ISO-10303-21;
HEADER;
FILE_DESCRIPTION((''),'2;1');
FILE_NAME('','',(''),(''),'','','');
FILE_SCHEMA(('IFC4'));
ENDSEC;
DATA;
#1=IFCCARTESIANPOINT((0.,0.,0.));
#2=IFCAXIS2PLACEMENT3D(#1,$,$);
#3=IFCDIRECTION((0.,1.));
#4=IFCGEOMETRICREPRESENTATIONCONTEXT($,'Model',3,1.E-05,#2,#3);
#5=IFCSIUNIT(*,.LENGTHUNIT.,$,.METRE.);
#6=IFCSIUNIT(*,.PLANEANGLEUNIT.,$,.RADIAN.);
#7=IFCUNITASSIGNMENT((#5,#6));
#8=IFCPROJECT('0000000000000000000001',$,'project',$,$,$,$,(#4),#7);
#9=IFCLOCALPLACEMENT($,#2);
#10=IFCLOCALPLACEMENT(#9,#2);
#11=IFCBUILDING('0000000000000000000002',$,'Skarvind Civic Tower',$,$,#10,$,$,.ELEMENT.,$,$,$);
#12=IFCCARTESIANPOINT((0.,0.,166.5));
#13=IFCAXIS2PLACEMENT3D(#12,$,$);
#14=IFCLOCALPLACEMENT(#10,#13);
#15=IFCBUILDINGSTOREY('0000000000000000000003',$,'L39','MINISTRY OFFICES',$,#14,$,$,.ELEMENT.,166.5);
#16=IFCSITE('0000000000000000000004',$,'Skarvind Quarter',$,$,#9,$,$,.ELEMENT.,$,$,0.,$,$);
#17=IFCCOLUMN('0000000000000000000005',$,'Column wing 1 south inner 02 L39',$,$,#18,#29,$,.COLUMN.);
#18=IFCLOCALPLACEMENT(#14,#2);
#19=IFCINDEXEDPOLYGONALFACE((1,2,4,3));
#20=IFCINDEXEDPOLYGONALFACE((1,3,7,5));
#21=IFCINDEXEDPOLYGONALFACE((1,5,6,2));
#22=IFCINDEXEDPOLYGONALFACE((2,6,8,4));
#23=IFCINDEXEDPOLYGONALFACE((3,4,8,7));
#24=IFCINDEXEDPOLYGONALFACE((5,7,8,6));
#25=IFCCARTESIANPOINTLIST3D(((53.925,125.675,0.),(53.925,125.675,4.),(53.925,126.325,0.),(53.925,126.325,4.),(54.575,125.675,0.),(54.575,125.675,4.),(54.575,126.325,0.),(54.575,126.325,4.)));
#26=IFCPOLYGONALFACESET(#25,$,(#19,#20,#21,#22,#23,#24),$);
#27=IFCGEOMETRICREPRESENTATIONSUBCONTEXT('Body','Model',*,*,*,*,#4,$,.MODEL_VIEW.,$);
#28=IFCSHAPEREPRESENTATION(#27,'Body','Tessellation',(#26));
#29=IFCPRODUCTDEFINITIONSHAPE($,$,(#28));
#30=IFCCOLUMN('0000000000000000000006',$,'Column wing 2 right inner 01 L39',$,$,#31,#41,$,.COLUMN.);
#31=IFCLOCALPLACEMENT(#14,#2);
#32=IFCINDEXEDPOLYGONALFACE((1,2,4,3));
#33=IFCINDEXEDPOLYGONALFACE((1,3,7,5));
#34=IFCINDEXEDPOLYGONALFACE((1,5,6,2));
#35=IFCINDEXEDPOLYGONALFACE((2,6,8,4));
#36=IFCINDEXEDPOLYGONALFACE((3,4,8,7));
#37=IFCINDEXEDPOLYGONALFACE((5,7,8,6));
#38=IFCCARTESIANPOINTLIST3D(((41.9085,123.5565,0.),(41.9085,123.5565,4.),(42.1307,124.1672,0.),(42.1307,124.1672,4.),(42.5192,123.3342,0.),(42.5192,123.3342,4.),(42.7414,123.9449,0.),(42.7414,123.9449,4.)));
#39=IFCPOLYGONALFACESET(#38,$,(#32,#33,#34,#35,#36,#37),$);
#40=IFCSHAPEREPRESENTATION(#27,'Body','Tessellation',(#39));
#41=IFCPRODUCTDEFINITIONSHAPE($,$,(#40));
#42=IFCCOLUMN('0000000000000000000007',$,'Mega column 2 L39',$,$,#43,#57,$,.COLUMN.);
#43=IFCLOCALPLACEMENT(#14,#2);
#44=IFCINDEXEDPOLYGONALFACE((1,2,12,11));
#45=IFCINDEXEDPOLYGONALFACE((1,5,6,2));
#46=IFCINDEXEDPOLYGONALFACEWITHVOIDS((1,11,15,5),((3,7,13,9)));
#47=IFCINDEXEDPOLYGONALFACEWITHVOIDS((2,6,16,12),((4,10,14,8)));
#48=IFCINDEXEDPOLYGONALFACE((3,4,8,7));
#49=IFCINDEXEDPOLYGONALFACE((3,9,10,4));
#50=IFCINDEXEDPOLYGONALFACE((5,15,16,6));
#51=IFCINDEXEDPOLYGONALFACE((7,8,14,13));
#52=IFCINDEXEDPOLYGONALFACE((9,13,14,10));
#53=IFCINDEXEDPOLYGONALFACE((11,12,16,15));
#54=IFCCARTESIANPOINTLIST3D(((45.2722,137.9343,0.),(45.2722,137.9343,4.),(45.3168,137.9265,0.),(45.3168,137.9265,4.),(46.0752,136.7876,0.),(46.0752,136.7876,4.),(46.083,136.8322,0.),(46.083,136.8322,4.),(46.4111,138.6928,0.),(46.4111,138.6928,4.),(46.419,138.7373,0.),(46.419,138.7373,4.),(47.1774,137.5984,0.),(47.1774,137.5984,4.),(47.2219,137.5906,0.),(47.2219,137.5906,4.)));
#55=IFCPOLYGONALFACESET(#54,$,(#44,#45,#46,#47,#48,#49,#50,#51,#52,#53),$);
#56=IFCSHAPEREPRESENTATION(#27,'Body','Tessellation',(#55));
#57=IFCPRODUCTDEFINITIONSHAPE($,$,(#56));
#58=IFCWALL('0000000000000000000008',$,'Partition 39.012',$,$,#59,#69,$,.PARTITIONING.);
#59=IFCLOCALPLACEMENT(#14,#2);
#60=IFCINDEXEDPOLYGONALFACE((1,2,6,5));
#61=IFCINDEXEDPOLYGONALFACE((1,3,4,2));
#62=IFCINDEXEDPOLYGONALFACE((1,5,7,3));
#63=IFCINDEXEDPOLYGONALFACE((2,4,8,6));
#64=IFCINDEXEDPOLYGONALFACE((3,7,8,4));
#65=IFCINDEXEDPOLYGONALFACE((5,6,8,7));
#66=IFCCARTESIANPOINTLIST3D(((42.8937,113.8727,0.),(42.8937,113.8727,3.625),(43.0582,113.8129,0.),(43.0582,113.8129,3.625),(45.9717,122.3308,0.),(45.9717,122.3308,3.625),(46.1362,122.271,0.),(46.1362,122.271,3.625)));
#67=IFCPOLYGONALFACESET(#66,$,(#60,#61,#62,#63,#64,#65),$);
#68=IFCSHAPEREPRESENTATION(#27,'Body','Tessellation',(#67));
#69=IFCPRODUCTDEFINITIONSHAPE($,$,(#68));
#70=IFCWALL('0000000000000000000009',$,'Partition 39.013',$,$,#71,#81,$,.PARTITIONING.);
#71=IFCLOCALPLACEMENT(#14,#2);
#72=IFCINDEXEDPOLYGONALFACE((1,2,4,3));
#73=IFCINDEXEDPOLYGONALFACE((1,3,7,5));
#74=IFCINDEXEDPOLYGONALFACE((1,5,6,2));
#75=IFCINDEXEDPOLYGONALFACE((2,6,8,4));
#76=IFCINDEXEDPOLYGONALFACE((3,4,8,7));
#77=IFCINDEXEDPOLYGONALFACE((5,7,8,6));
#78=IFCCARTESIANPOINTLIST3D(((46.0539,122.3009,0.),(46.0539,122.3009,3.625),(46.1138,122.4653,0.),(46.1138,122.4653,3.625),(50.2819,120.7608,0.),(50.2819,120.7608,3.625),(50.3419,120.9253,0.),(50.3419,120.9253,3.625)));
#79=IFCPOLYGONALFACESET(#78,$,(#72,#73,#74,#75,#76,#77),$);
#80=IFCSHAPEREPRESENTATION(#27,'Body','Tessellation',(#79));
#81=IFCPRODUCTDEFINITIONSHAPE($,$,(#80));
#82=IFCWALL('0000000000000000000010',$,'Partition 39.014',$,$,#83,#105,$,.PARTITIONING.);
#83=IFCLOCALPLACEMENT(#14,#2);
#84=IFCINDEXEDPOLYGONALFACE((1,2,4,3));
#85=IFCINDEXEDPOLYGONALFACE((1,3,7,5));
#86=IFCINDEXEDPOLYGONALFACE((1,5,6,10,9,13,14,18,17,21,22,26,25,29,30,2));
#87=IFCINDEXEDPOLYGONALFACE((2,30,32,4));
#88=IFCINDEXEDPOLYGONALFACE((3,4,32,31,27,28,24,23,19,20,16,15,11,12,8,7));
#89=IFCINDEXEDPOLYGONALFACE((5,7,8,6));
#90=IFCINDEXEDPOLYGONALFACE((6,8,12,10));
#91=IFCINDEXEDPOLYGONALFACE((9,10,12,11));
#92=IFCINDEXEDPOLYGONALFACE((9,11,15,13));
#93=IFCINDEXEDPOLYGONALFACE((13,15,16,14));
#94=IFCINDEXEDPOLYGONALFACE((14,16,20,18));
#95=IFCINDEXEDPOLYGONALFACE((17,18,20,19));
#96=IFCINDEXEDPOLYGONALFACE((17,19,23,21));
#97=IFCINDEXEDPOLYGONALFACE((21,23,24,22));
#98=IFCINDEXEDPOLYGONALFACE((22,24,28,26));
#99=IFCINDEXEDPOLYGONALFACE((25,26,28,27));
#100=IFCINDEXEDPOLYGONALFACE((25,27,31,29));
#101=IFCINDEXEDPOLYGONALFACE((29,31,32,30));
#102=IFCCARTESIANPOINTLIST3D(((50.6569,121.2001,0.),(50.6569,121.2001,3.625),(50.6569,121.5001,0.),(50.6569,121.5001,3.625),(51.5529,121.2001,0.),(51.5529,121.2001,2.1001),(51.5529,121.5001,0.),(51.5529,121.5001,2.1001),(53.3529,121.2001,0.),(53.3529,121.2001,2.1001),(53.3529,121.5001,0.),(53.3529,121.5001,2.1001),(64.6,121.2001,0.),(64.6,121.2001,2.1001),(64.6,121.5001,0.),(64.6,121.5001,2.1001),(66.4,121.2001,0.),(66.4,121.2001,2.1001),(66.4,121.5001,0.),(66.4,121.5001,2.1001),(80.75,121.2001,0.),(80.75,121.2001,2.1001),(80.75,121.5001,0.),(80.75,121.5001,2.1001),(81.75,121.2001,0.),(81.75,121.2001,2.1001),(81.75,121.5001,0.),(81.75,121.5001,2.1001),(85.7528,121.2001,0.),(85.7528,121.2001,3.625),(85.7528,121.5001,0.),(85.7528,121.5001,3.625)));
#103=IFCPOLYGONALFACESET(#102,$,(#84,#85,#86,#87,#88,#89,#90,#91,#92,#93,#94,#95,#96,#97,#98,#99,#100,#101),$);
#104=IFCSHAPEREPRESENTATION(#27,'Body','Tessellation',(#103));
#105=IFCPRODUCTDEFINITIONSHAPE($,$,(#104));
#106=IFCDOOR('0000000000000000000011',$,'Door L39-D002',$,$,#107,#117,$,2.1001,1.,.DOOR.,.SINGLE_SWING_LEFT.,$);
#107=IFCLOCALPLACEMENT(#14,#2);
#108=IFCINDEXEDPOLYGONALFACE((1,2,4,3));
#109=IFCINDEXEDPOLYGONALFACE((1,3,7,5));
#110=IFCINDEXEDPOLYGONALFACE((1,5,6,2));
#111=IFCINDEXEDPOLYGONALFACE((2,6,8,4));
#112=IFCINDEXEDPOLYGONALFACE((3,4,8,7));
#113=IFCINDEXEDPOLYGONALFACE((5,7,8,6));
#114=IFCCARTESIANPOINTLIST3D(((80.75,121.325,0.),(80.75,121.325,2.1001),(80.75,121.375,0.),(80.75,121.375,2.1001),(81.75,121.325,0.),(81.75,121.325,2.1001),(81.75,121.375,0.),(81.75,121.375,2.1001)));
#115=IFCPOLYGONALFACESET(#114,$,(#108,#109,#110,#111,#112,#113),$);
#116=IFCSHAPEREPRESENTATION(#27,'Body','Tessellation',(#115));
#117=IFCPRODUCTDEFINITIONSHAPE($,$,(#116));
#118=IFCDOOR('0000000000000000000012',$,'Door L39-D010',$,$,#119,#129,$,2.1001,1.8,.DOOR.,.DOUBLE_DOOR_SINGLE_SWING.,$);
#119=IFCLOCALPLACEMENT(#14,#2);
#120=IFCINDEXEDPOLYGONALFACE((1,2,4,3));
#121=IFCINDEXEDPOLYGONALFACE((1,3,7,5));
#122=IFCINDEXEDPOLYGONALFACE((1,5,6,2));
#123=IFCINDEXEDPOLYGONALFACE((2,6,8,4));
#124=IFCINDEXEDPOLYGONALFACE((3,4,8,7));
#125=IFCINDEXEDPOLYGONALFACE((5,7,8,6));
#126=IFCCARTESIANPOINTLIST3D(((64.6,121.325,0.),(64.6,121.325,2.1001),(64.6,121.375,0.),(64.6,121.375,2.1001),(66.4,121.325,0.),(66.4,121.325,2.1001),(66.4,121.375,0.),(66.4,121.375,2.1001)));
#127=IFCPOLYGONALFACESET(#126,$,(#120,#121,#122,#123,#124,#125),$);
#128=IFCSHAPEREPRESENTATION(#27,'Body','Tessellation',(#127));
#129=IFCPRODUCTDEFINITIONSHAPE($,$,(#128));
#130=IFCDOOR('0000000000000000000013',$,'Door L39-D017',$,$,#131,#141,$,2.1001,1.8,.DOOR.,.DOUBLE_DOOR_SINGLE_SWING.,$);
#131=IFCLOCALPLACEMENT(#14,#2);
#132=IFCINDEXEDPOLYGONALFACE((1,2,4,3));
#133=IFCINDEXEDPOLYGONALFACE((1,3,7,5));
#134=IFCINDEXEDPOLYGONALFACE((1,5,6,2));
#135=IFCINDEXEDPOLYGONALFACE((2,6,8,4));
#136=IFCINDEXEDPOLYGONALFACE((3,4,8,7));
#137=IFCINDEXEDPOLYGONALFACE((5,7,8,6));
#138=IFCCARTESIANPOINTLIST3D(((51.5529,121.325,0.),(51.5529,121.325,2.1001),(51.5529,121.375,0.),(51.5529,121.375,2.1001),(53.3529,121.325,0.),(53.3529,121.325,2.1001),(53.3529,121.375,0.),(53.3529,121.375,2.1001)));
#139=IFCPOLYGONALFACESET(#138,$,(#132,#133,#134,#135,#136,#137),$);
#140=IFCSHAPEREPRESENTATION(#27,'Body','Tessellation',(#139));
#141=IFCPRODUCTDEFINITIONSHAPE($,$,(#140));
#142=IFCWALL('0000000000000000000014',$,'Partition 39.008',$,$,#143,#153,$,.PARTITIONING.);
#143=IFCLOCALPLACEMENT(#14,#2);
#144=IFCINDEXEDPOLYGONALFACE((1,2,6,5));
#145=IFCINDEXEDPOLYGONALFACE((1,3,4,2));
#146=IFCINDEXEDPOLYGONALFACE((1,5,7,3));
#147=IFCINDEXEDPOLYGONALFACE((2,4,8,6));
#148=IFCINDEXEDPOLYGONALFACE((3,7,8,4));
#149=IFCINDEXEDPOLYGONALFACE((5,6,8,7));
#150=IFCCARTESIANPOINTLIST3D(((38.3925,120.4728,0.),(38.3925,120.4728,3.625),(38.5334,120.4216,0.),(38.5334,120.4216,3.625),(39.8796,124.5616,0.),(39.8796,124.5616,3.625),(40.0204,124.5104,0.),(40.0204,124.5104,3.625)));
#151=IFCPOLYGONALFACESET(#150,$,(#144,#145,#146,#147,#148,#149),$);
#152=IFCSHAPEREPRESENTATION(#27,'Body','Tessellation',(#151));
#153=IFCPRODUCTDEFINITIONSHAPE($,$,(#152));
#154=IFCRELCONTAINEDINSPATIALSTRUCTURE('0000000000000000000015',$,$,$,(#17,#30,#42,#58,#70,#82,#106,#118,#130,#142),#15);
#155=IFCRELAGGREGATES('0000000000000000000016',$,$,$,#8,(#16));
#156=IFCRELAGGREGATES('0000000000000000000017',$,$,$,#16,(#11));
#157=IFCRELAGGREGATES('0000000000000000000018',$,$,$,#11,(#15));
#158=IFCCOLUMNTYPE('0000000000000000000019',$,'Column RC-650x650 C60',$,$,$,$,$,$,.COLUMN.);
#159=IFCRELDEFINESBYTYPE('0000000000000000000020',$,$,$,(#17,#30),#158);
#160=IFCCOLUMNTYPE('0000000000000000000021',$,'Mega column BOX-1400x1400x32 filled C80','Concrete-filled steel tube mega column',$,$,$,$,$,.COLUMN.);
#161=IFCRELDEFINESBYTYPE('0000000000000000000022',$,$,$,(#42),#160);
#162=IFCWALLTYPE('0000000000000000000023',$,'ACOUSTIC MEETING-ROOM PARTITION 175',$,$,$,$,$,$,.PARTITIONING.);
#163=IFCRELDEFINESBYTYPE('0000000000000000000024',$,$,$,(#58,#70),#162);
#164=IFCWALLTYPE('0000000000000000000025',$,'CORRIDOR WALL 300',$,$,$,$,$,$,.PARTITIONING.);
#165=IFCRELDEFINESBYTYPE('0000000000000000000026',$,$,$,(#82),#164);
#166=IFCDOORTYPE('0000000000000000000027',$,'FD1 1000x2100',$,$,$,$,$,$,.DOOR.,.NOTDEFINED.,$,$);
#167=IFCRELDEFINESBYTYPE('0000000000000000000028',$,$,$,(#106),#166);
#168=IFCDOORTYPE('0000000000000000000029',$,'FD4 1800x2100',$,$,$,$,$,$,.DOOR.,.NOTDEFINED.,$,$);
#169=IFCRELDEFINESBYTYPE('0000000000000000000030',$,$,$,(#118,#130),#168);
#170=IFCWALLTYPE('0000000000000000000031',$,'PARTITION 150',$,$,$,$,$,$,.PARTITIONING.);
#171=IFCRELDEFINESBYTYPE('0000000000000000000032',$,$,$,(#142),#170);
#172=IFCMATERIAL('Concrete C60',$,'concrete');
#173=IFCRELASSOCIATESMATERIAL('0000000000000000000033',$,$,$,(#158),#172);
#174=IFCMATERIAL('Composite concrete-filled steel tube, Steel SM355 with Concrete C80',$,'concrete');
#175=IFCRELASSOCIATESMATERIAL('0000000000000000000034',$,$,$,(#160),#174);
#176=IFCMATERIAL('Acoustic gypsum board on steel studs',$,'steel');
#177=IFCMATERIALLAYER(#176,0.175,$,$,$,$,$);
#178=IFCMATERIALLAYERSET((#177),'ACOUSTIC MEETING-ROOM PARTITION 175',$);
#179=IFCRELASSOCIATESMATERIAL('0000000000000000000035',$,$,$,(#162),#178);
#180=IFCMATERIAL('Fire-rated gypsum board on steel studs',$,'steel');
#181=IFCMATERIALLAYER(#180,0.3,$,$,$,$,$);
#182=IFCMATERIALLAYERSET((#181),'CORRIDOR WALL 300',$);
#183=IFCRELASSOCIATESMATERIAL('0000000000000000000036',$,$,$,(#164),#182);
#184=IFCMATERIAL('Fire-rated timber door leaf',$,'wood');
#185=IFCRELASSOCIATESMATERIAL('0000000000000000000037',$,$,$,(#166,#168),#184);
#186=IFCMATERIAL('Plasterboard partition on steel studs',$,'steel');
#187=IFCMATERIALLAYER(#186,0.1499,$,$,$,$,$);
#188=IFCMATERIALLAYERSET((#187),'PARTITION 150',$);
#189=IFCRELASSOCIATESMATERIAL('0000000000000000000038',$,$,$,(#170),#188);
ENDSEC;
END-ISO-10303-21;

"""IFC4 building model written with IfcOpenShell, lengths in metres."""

from ifc_helpers import new_model, si_unit, direction, frame, frame_2d, origin, origin_2d, place, context, subcontext, project, spatial, rectangle, hollow_rectangle, extrude, material, layer, layer_set, material_profile, profile_set, type_object, element, fill, save


model = new_model("IFC4")

# Units and contexts
model_context = context("Model", 3, precision=1e-05, world=origin(), true_north=direction((0.0, 1.0)))
body_context = subcontext(model_context, "Body", "Model", "MODEL_VIEW")
ifc_project = project(units=[si_unit("LENGTHUNIT", "METRE"), si_unit("PLANEANGLEUNIT", "RADIAN")], contexts=[model_context])

# Site, building, storey
site_placement = place(None, origin())
site = spatial("IfcSite", under=ifc_project, at=site_placement, Name="Skarvind Quarter", CompositionType="ELEMENT", RefElevation=0.0)
building_placement = place(site_placement, origin())
building = spatial("IfcBuilding", under=site, at=building_placement, Name="Skarvind Civic Tower", CompositionType="ELEMENT")
storey_placement = place(building_placement, frame((0.0, 0.0, 166.5)))
storey = spatial("IfcBuildingStorey", under=building, at=storey_placement, Name="L39", Description="MINISTRY OFFICES", CompositionType="ELEMENT", Elevation=166.5)

# Columns
ifc_material_1 = material(Name="Concrete C60", Category="concrete")
ifc_material_profile_1 = material_profile(ifc_material_1, rectangle(XDim=0.6499, YDim=0.6499, at=origin_2d()), Name="RC-650x650")
ifc_profile_set_1 = profile_set([ifc_material_profile_1], Name="Concrete C60")
column_type_1 = type_object("IfcColumnType", Name="Column RC-650x650 C60", PredefinedType="COLUMN", material=ifc_profile_set_1)
for number, where, z_axis, x_axis, name in (
    (1, (54.25, 126.0, 0.0), (0.0, 0.0, 1.0), (1.0, 0.0, 0.0), "Column wing 1 south inner 02 L39"),
    (2, (42.325, 123.7507, 0.0), (0.0, 0.0, 1.0), (-0.34202, -0.939693, 0.0), "Column wing 2 right inner 01 L39"),
):
    element("IfcColumn", number, at=place(storey_placement, frame(where, z_axis=z_axis, x_axis=x_axis)), inside=storey, type_object=column_type_1, Name=name, PredefinedType="COLUMN", context=body_context, shape_type="SweptSolid", body=[
        extrude(rectangle(XDim=0.6499, YDim=0.6499, at=origin_2d()), origin(), (0.0, 0.0, 1.0), 4.0),
    ])
ifc_material_2 = material(Name="Composite concrete-filled steel tube, Steel SM355 with Concrete C80", Category="concrete")
ifc_material_profile_2 = material_profile(ifc_material_2, hollow_rectangle(XDim=1.3999, YDim=1.3999, WallThickness=0.032, at=origin_2d()), Name="BOX-1400x1400x32")
ifc_profile_set_2 = profile_set([ifc_material_profile_2], Name="Composite concrete-filled steel tube, Steel SM355 with Concrete C80")
column_type_2 = type_object("IfcColumnType", Name="Mega column BOX-1400x1400x32 filled C80", Description="Concrete-filled steel tube mega column", PredefinedType="COLUMN", material=ifc_profile_set_2)
column_placement = place(storey_placement, frame((46.2471, 137.7625, 0.0), z_axis=(0.0, 0.0, 1.0), x_axis=(0.573576, -0.819152, 0.0)))
element("IfcColumn", 3, at=column_placement, inside=storey, type_object=column_type_2, Name="Mega column 2 L39", PredefinedType="COLUMN", context=body_context, shape_type="SweptSolid", body=[
    extrude(hollow_rectangle(XDim=1.3999, YDim=1.3999, WallThickness=0.032, at=origin_2d()), origin(), (0.0, 0.0, 1.0), 4.0),
])

# Walls
ifc_material_3 = material(Name="Acoustic gypsum board on steel studs", Category="steel")
ifc_layer_1 = layer(ifc_material_3, 0.175)
ifc_layer_set_1 = layer_set([ifc_layer_1], Name="ACOUSTIC MEETING-ROOM PARTITION 175")
wall_type_1 = type_object("IfcWallType", Name="ACOUSTIC MEETING-ROOM PARTITION 175", PredefinedType="PARTITIONING", material=ifc_layer_set_1)
wall_1_placement = place(storey_placement, frame((46.054, 122.301, 0.0), z_axis=(0.0, 0.0, 1.0), x_axis=(-0.341963, -0.939713, 0.0)))
element("IfcWall", 4, at=wall_1_placement, inside=storey, type_object=wall_type_1, Name="Partition 39.012", PredefinedType="PARTITIONING", context=body_context, shape_type="SweptSolid", body=[
    extrude(rectangle(XDim=9.0007, YDim=0.175, at=frame_2d((4.5005, 0.0))), origin(), (0.0, 0.0, 1.0), 3.625),
])
wall_2_placement = place(storey_placement, frame((50.312, 120.843, 0.0), z_axis=(0.0, 0.0, 1.0), x_axis=(-0.93961, 0.342248, 0.0)))
element("IfcWall", 5, at=wall_2_placement, inside=storey, type_object=wall_type_1, Name="Partition 39.013", PredefinedType="PARTITIONING", context=body_context, shape_type="SweptSolid", body=[
    extrude(rectangle(XDim=4.4998, YDim=0.175, at=frame_2d((2.25, 0.0))), origin(), (0.0, 0.0, 1.0), 3.625),
])

# Wall, openings, doors
ifc_material_4 = material(Name="Fire-rated gypsum board on steel studs", Category="steel")
ifc_layer_2 = layer(ifc_material_4, 0.3)
ifc_layer_set_2 = layer_set([ifc_layer_2], Name="CORRIDOR WALL 300")
wall_type_2 = type_object("IfcWallType", Name="CORRIDOR WALL 300", PredefinedType="PARTITIONING", material=ifc_layer_set_2)
wall_3_placement = place(storey_placement, frame((50.657, 121.3501, 0.0), z_axis=(0.0, 0.0, 1.0), x_axis=(1.0, 0.0, 0.0)))
wall_3 = element("IfcWall", 6, at=wall_3_placement, inside=storey, type_object=wall_type_2, Name="Partition 39.014", PredefinedType="PARTITIONING", context=body_context, shape_type="SweptSolid", body=[
    extrude(rectangle(XDim=35.0959, YDim=0.3, at=frame_2d((17.5479, 0.0))), origin(), (0.0, 0.0, 1.0), 3.625),
])
opening_1_placement = place(wall_3_placement, frame((30.093, 0.0, 0.0)))
opening_1 = element("IfcOpeningElement", 7, at=opening_1_placement, cuts=wall_3, PredefinedType="OPENING", context=body_context, shape_type="SweptSolid", body=[
    extrude(rectangle(XDim=1.0, YDim=2.1001, at=frame_2d((0.5, 1.05))), frame((0.0, 0.1599, 0.0), z_axis=(0.0, -1.0, 0.0), x_axis=(1.0, 0.0, 0.0)), (0.0, 0.0, 1.0), 0.3201),
])
opening_2_placement = place(wall_3_placement, frame((13.9431, 0.0, 0.0)))
opening_2 = element("IfcOpeningElement", 8, at=opening_2_placement, cuts=wall_3, PredefinedType="OPENING", context=body_context, shape_type="SweptSolid", body=[
    extrude(rectangle(XDim=1.8, YDim=2.1001, at=frame_2d((0.8999, 1.05))), frame((0.0, 0.1599, 0.0), z_axis=(0.0, -1.0, 0.0), x_axis=(1.0, 0.0, 0.0)), (0.0, 0.0, 1.0), 0.3201),
])
opening_3_placement = place(wall_3_placement, frame((0.896, 0.0, 0.0)))
opening_3 = element("IfcOpeningElement", 9, at=opening_3_placement, cuts=wall_3, PredefinedType="OPENING", context=body_context, shape_type="SweptSolid", body=[
    extrude(rectangle(XDim=1.8, YDim=2.1001, at=frame_2d((0.8999, 1.05))), frame((0.0, 0.1599, 0.0), z_axis=(0.0, -1.0, 0.0), x_axis=(1.0, 0.0, 0.0)), (0.0, 0.0, 1.0), 0.3201),
])
ifc_material_5 = material(Name="Fire-rated timber door leaf", Category="wood")
door_type_1 = type_object("IfcDoorType", Name="FD1 1000x2100", OperationType="NOTDEFINED", PredefinedType="DOOR", material=ifc_material_5)
door_1_placement = place(opening_1_placement, origin())
door_1 = element("IfcDoor", 10, at=door_1_placement, inside=storey, type_object=door_type_1, Name="Door L39-D002", OperationType="SINGLE_SWING_LEFT", OverallHeight=2.1001, OverallWidth=1.0, PredefinedType="DOOR", context=body_context, shape_type="SweptSolid", body=[
    extrude(rectangle(XDim=1.0, YDim=2.1001, at=frame_2d((0.5, 1.05))), frame((0.0, 0.0249, 0.0), z_axis=(0.0, -1.0, 0.0), x_axis=(1.0, 0.0, 0.0)), (0.0, 0.0, 1.0), 0.05),
])
fill(opening_1, door_1)
door_type_2 = type_object("IfcDoorType", Name="FD4 1800x2100", OperationType="NOTDEFINED", PredefinedType="DOOR", material=ifc_material_5)
door_2_placement = place(opening_2_placement, origin())
door_2 = element("IfcDoor", 11, at=door_2_placement, inside=storey, type_object=door_type_2, Name="Door L39-D010", OperationType="DOUBLE_DOOR_SINGLE_SWING", OverallHeight=2.1001, OverallWidth=1.8, PredefinedType="DOOR", context=body_context, shape_type="SweptSolid", body=[
    extrude(rectangle(XDim=1.8, YDim=2.1001, at=frame_2d((0.8999, 1.05))), frame((0.0, 0.0249, 0.0), z_axis=(0.0, -1.0, 0.0), x_axis=(1.0, 0.0, 0.0)), (0.0, 0.0, 1.0), 0.05),
])
fill(opening_2, door_2)
door_3_placement = place(opening_3_placement, origin())
door_3 = element("IfcDoor", 12, at=door_3_placement, inside=storey, type_object=door_type_2, Name="Door L39-D017", OperationType="DOUBLE_DOOR_SINGLE_SWING", OverallHeight=2.1001, OverallWidth=1.8, PredefinedType="DOOR", context=body_context, shape_type="SweptSolid", body=[
    extrude(rectangle(XDim=1.8, YDim=2.1001, at=frame_2d((0.8999, 1.05))), frame((0.0, 0.0249, 0.0), z_axis=(0.0, -1.0, 0.0), x_axis=(1.0, 0.0, 0.0)), (0.0, 0.0, 1.0), 0.05),
])
fill(opening_3, door_3)

# Wall
ifc_material_6 = material(Name="Plasterboard partition on steel studs", Category="steel")
ifc_layer_3 = layer(ifc_material_6, 0.1499)
ifc_layer_set_3 = layer_set([ifc_layer_3], Name="PARTITION 150")
wall_type_3 = type_object("IfcWallType", Name="PARTITION 150", PredefinedType="PARTITIONING", material=ifc_layer_set_3)
wall_4_placement = place(storey_placement, frame((39.95, 124.5359, 0.0), z_axis=(0.0, 0.0, 1.0), x_axis=(-0.341784, -0.939779, 0.0)))
element("IfcWall", 13, at=wall_4_placement, inside=storey, type_object=wall_type_3, Name="Partition 39.008", PredefinedType="PARTITIONING", context=body_context, shape_type="SweptSolid", body=[
    extrude(rectangle(XDim=4.3508, YDim=0.1499, at=frame_2d((2.1753, 0.0))), origin(), (0.0, 0.0, 1.0), 3.625),
])

save(model, "model.ifc")
